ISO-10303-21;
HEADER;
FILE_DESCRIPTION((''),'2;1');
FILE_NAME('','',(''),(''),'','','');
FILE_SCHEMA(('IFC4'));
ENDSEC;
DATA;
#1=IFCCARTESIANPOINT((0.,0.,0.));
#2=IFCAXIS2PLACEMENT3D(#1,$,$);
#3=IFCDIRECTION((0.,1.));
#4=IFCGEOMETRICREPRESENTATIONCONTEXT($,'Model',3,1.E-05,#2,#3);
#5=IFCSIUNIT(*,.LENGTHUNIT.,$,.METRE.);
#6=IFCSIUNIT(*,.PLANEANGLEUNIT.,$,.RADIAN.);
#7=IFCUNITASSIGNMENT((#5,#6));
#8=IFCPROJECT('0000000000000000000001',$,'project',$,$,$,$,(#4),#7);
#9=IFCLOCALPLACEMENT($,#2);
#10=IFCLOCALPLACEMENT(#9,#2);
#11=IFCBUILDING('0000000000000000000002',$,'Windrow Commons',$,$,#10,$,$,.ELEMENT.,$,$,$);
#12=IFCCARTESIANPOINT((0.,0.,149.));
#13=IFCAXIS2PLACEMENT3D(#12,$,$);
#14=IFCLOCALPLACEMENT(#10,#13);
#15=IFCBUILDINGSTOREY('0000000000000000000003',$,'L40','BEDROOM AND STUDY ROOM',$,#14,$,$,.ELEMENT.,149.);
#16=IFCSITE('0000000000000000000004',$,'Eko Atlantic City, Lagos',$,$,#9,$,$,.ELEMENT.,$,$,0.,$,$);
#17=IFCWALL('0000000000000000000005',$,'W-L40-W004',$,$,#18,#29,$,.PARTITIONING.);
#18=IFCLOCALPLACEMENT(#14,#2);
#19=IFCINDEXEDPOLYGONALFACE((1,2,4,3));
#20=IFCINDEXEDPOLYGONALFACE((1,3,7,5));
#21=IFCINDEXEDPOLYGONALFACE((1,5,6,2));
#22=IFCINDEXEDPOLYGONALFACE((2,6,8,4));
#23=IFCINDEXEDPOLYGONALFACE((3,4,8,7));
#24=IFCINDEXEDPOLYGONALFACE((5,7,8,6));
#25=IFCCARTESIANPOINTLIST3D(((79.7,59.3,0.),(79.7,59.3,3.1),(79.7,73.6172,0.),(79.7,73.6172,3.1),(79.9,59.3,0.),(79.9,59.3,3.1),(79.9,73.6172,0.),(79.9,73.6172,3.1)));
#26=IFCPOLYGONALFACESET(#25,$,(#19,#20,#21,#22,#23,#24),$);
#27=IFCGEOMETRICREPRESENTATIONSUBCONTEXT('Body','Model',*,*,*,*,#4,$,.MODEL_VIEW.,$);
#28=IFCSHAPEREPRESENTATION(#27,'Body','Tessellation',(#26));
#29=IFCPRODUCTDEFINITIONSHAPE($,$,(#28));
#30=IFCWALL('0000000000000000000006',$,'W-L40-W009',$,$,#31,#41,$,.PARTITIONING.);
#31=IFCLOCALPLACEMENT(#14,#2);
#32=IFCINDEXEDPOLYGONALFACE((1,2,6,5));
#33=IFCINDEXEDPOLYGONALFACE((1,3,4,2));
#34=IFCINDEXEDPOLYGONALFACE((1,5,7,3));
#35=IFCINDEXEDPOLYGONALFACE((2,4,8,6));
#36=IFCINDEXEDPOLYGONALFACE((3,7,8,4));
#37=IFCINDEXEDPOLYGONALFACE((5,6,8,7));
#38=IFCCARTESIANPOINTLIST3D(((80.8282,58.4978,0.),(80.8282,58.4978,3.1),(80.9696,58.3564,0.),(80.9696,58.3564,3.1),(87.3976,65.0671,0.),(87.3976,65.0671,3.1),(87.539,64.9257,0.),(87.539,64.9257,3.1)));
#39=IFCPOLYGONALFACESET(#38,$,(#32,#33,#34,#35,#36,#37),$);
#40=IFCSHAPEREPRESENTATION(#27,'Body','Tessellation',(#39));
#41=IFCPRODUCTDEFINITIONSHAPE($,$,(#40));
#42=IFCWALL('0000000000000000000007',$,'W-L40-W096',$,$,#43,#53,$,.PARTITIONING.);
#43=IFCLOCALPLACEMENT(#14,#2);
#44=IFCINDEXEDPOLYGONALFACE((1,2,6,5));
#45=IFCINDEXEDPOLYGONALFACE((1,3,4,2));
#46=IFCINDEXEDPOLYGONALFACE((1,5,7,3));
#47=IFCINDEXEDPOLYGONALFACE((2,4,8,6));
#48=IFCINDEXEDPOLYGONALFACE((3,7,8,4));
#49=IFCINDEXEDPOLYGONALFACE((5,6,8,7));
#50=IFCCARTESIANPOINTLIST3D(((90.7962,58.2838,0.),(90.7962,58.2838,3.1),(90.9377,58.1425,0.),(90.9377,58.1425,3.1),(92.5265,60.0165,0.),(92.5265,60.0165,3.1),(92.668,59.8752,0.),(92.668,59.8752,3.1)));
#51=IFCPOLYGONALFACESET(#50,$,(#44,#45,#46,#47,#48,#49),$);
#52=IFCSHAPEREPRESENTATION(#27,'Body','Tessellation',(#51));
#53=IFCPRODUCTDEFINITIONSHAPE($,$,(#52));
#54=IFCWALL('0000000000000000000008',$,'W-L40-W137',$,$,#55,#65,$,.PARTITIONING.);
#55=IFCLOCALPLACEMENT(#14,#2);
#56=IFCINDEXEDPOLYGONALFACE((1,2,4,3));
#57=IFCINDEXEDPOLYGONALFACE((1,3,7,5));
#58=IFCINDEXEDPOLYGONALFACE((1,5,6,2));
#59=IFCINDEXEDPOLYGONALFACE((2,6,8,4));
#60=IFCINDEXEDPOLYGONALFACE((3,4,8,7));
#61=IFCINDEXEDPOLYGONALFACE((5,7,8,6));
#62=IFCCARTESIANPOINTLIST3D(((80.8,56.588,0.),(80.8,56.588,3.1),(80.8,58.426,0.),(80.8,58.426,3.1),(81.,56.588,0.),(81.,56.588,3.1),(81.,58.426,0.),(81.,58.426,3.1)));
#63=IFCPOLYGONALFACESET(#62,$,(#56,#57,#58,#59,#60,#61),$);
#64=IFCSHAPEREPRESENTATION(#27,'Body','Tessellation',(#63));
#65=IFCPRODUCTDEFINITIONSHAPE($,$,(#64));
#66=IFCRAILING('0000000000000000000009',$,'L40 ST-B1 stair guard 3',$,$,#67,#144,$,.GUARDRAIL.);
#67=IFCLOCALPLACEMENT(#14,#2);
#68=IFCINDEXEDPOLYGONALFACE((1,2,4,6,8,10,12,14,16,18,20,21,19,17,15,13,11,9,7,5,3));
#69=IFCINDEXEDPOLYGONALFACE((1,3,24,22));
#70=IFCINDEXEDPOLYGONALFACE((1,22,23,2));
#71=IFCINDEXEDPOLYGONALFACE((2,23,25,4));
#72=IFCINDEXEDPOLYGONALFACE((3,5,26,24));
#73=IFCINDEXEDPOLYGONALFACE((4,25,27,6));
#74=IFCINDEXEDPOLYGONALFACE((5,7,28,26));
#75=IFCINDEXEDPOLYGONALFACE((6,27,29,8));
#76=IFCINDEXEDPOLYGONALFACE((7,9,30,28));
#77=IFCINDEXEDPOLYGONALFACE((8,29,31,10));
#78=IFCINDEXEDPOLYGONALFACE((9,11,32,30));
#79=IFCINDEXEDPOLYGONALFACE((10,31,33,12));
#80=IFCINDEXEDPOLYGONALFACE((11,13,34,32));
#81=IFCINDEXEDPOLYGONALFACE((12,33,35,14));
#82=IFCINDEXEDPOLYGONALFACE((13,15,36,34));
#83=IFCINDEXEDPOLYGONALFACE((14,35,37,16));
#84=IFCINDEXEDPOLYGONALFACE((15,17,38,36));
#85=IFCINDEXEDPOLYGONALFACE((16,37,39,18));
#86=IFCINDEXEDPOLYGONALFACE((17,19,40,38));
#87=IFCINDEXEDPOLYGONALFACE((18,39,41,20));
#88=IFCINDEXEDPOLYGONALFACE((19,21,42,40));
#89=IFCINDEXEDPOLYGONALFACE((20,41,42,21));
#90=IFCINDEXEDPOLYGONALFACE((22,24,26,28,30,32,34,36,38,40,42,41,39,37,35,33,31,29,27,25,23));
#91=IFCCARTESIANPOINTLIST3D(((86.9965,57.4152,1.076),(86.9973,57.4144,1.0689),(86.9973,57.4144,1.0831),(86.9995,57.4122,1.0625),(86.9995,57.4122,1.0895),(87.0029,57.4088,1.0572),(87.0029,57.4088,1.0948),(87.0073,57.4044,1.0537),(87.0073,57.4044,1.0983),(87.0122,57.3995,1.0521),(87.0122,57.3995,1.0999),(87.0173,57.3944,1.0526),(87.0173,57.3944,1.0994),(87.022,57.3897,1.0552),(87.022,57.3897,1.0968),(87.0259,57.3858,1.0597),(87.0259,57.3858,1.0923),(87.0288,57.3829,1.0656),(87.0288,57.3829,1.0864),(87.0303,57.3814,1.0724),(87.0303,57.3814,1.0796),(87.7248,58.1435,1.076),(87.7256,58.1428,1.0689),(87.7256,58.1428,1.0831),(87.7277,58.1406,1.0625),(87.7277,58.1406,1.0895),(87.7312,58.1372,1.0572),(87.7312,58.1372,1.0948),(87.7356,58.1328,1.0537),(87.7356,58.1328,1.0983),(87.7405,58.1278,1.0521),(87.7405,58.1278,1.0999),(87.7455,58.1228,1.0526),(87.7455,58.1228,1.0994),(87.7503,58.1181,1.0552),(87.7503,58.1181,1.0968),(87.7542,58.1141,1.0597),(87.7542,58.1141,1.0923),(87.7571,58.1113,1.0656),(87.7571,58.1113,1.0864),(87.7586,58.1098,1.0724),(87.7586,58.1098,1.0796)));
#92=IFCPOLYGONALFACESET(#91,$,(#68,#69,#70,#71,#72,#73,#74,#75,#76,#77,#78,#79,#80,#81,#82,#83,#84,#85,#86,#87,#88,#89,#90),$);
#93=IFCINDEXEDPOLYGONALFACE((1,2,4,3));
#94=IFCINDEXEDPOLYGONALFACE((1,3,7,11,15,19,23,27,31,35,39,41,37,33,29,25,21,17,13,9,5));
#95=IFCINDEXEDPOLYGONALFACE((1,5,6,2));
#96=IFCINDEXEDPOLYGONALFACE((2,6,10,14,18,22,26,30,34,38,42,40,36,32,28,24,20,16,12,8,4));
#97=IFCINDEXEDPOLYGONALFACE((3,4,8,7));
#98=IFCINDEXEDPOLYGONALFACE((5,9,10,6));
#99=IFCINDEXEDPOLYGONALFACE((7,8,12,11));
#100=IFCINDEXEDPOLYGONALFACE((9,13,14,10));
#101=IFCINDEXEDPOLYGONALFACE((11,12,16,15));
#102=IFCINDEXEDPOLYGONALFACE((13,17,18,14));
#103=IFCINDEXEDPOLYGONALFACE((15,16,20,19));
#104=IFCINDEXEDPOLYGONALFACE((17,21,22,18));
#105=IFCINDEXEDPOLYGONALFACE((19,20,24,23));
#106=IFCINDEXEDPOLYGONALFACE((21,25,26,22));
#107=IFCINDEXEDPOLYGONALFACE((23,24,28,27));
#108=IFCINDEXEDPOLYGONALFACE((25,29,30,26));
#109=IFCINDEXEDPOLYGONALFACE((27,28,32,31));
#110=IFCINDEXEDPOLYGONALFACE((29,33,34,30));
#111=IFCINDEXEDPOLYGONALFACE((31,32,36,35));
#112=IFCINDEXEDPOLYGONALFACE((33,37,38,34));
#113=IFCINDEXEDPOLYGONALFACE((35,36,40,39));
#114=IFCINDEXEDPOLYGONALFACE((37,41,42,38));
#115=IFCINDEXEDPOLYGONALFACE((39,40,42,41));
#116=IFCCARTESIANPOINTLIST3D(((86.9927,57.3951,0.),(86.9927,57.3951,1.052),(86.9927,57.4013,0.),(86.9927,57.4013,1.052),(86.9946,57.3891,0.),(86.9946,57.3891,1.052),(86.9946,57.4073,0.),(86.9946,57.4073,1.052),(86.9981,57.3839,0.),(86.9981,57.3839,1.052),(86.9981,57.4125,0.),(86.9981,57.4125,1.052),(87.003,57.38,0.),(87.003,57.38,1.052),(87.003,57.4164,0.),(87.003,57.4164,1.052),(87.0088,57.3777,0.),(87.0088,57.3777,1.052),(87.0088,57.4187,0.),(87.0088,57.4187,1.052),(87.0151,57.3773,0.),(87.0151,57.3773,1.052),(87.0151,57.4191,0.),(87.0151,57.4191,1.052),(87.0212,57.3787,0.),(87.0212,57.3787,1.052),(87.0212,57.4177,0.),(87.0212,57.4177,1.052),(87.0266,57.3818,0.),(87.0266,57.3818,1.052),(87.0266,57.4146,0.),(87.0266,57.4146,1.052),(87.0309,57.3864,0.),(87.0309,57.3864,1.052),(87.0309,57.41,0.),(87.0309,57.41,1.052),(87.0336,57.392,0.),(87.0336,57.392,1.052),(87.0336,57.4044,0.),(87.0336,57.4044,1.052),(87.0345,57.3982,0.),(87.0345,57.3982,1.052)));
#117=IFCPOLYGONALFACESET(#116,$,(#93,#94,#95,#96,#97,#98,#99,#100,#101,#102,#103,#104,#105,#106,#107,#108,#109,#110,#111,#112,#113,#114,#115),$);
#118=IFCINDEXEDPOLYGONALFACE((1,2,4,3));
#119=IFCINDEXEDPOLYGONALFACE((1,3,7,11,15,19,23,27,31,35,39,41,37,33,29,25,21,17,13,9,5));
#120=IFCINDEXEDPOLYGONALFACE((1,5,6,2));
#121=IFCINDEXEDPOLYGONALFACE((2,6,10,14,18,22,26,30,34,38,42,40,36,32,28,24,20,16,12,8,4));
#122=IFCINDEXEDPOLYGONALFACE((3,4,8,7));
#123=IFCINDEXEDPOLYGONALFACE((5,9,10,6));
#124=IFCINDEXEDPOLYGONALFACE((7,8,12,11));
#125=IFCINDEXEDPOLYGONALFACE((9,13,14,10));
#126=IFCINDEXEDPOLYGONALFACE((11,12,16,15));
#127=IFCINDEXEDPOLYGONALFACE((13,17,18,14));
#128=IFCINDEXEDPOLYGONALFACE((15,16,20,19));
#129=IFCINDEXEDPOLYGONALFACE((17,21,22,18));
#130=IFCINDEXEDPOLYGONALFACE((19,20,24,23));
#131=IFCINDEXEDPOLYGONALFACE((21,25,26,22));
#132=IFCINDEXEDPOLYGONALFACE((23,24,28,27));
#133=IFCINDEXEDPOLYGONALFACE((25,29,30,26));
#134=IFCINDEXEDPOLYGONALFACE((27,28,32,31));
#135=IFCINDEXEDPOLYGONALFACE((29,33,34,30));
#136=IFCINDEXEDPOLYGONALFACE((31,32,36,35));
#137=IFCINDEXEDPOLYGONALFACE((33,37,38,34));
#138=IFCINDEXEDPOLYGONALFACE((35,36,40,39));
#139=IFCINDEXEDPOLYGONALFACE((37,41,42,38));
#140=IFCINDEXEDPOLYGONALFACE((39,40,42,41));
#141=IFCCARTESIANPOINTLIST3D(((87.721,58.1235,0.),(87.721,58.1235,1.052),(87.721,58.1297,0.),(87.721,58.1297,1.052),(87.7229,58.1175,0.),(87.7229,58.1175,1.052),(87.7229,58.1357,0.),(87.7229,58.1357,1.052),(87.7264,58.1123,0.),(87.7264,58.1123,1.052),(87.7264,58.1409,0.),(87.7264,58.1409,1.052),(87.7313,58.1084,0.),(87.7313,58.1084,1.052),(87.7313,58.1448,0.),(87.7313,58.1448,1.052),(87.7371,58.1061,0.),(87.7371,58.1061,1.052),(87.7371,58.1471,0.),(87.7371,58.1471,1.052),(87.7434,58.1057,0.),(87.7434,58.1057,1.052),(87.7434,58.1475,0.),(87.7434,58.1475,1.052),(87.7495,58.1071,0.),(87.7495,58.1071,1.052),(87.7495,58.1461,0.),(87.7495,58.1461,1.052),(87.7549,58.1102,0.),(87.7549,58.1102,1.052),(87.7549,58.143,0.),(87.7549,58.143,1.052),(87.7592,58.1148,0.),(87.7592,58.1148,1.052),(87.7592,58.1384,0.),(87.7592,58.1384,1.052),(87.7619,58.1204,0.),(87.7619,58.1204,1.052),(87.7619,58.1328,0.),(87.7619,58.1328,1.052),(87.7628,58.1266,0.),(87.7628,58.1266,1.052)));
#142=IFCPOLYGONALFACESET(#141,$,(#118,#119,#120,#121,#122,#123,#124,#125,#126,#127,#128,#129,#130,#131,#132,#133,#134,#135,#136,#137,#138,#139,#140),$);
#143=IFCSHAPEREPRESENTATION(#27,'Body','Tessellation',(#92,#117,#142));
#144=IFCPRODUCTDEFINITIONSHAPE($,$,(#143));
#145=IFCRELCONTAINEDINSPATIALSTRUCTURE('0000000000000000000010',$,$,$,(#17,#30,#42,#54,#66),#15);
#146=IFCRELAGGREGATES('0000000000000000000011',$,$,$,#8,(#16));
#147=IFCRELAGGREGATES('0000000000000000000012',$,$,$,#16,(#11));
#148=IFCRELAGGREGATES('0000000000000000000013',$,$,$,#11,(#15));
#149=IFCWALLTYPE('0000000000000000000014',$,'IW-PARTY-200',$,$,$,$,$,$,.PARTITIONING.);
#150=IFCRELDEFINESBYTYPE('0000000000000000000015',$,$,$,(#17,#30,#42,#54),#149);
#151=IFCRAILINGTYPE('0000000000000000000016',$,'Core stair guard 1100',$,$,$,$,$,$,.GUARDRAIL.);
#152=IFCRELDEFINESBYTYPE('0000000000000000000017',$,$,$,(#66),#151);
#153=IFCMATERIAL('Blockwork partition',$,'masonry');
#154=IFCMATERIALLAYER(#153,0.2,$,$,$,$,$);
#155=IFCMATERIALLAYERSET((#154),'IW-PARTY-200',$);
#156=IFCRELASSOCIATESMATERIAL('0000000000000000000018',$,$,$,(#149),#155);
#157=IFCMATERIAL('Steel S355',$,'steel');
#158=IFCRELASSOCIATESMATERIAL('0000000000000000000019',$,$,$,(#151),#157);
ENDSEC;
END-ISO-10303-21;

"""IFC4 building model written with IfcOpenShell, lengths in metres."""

from ifc_helpers import new_model, si_unit, direction, frame, frame_2d, origin, origin_2d, place, context, subcontext, project, spatial, rectangle, circle, extrude, material, layer, layer_set, type_object, element, save


model = new_model("IFC4")

# Units and contexts
model_context = context("Model", 3, precision=1e-05, world=origin(), true_north=direction((0.0, 1.0)))
body_context = subcontext(model_context, "Body", "Model", "MODEL_VIEW")
ifc_project = project(units=[si_unit("LENGTHUNIT", "METRE"), si_unit("PLANEANGLEUNIT", "RADIAN")], contexts=[model_context])

# Site, building, storey
site_placement = place(None, origin())
site = spatial("IfcSite", under=ifc_project, at=site_placement, Name="Eko Atlantic City, Lagos", CompositionType="ELEMENT", RefElevation=0.0)
building_placement = place(site_placement, origin())
building = spatial("IfcBuilding", under=site, at=building_placement, Name="Windrow Commons", CompositionType="ELEMENT")
storey_placement = place(building_placement, frame((0.0, 0.0, 149.0)))
storey = spatial("IfcBuildingStorey", under=building, at=storey_placement, Name="L40", Description="BEDROOM AND STUDY ROOM", CompositionType="ELEMENT", Elevation=149.0)

# Walls
ifc_material_1 = material(Name="Blockwork partition", Category="masonry")
ifc_layer_1 = layer(ifc_material_1, 0.2)
ifc_layer_set_1 = layer_set([ifc_layer_1], Name="IW-PARTY-200")
wall_type_1 = type_object("IfcWallType", Name="IW-PARTY-200", PredefinedType="PARTITIONING", material=ifc_layer_set_1)
wall_1_placement = place(storey_placement, frame((79.8, 59.3, 0.0), z_axis=(0.0, 0.0, 1.0), x_axis=(0.0, 1.0, 0.0)))
element("IfcWall", 1, at=wall_1_placement, inside=storey, type_object=wall_type_1, Name="W-L40-W004", PredefinedType="PARTITIONING", context=body_context, shape_type="SweptSolid", body=[
    extrude(rectangle(XDim=14.3172, YDim=0.2, at=frame_2d((7.1586, 0.0))), origin(), (0.0, 0.0, 1.0), 3.1),
])
wall_2_placement = place(storey_placement, frame((80.8989, 58.4271, 0.0), z_axis=(0.0, 0.0, 1.0), x_axis=(0.707112, 0.707101, 0.0)))
element("IfcWall", 2, at=wall_2_placement, inside=storey, type_object=wall_type_1, Name="W-L40-W009", PredefinedType="PARTITIONING", context=body_context, shape_type="SweptSolid", body=[
    extrude(rectangle(XDim=9.2905, YDim=0.2, at=frame_2d((4.6452, 0.0))), origin(), (0.0, 0.0, 1.0), 3.1),
])
wall_3_placement = place(storey_placement, frame((90.8669, 58.2131, 0.0), z_axis=(0.0, 0.0, 1.0), x_axis=(0.706617, 0.707597, 0.0)))
element("IfcWall", 3, at=wall_3_placement, inside=storey, type_object=wall_type_1, Name="W-L40-W096", PredefinedType="PARTITIONING", context=body_context, shape_type="SweptSolid", body=[
    extrude(rectangle(XDim=2.4487, YDim=0.2, at=frame_2d((1.2244, 0.0))), origin(), (0.0, 0.0, 1.0), 3.1),
])
wall_4_placement = place(storey_placement, frame((80.9, 56.588, 0.0), z_axis=(0.0, 0.0, 1.0), x_axis=(0.0, 1.0, 0.0)))
element("IfcWall", 4, at=wall_4_placement, inside=storey, type_object=wall_type_1, Name="W-L40-W137", PredefinedType="PARTITIONING", context=body_context, shape_type="SweptSolid", body=[
    extrude(rectangle(XDim=1.838, YDim=0.2, at=frame_2d((0.919, 0.0))), origin(), (0.0, 0.0, 1.0), 3.1),
])

# Railing
ifc_material_2 = material(Name="Steel S355", Category="steel")
railing_type = type_object("IfcRailingType", Name="Core stair guard 1100", PredefinedType="GUARDRAIL", material=ifc_material_2)
railing_placement = place(storey_placement, frame((87.0135, 57.3982, 0.0)))
element("IfcRailing", 5, at=railing_placement, inside=storey, type_object=railing_type, Name="L40 ST-B1 stair guard 3", PredefinedType="GUARDRAIL", context=body_context, shape_type="SweptSolid", body=[
    extrude(circle(Radius=0.024, at=origin_2d()), frame((0.0, 0.0, 1.076), z_axis=(0.707058, 0.707155, 0.0), x_axis=(-0.707155, 0.707058, 0.0)), (0.0, 0.0, 1.0), 1.03),
    extrude(circle(Radius=0.021, at=origin_2d()), origin(), (0.0, 0.0, 1.0), 1.052),
    extrude(circle(Radius=0.021, at=origin_2d()), frame((0.7283, 0.7284, 0.0)), (0.0, 0.0, 1.0), 1.052),
])

save(model, "model.ifc")
